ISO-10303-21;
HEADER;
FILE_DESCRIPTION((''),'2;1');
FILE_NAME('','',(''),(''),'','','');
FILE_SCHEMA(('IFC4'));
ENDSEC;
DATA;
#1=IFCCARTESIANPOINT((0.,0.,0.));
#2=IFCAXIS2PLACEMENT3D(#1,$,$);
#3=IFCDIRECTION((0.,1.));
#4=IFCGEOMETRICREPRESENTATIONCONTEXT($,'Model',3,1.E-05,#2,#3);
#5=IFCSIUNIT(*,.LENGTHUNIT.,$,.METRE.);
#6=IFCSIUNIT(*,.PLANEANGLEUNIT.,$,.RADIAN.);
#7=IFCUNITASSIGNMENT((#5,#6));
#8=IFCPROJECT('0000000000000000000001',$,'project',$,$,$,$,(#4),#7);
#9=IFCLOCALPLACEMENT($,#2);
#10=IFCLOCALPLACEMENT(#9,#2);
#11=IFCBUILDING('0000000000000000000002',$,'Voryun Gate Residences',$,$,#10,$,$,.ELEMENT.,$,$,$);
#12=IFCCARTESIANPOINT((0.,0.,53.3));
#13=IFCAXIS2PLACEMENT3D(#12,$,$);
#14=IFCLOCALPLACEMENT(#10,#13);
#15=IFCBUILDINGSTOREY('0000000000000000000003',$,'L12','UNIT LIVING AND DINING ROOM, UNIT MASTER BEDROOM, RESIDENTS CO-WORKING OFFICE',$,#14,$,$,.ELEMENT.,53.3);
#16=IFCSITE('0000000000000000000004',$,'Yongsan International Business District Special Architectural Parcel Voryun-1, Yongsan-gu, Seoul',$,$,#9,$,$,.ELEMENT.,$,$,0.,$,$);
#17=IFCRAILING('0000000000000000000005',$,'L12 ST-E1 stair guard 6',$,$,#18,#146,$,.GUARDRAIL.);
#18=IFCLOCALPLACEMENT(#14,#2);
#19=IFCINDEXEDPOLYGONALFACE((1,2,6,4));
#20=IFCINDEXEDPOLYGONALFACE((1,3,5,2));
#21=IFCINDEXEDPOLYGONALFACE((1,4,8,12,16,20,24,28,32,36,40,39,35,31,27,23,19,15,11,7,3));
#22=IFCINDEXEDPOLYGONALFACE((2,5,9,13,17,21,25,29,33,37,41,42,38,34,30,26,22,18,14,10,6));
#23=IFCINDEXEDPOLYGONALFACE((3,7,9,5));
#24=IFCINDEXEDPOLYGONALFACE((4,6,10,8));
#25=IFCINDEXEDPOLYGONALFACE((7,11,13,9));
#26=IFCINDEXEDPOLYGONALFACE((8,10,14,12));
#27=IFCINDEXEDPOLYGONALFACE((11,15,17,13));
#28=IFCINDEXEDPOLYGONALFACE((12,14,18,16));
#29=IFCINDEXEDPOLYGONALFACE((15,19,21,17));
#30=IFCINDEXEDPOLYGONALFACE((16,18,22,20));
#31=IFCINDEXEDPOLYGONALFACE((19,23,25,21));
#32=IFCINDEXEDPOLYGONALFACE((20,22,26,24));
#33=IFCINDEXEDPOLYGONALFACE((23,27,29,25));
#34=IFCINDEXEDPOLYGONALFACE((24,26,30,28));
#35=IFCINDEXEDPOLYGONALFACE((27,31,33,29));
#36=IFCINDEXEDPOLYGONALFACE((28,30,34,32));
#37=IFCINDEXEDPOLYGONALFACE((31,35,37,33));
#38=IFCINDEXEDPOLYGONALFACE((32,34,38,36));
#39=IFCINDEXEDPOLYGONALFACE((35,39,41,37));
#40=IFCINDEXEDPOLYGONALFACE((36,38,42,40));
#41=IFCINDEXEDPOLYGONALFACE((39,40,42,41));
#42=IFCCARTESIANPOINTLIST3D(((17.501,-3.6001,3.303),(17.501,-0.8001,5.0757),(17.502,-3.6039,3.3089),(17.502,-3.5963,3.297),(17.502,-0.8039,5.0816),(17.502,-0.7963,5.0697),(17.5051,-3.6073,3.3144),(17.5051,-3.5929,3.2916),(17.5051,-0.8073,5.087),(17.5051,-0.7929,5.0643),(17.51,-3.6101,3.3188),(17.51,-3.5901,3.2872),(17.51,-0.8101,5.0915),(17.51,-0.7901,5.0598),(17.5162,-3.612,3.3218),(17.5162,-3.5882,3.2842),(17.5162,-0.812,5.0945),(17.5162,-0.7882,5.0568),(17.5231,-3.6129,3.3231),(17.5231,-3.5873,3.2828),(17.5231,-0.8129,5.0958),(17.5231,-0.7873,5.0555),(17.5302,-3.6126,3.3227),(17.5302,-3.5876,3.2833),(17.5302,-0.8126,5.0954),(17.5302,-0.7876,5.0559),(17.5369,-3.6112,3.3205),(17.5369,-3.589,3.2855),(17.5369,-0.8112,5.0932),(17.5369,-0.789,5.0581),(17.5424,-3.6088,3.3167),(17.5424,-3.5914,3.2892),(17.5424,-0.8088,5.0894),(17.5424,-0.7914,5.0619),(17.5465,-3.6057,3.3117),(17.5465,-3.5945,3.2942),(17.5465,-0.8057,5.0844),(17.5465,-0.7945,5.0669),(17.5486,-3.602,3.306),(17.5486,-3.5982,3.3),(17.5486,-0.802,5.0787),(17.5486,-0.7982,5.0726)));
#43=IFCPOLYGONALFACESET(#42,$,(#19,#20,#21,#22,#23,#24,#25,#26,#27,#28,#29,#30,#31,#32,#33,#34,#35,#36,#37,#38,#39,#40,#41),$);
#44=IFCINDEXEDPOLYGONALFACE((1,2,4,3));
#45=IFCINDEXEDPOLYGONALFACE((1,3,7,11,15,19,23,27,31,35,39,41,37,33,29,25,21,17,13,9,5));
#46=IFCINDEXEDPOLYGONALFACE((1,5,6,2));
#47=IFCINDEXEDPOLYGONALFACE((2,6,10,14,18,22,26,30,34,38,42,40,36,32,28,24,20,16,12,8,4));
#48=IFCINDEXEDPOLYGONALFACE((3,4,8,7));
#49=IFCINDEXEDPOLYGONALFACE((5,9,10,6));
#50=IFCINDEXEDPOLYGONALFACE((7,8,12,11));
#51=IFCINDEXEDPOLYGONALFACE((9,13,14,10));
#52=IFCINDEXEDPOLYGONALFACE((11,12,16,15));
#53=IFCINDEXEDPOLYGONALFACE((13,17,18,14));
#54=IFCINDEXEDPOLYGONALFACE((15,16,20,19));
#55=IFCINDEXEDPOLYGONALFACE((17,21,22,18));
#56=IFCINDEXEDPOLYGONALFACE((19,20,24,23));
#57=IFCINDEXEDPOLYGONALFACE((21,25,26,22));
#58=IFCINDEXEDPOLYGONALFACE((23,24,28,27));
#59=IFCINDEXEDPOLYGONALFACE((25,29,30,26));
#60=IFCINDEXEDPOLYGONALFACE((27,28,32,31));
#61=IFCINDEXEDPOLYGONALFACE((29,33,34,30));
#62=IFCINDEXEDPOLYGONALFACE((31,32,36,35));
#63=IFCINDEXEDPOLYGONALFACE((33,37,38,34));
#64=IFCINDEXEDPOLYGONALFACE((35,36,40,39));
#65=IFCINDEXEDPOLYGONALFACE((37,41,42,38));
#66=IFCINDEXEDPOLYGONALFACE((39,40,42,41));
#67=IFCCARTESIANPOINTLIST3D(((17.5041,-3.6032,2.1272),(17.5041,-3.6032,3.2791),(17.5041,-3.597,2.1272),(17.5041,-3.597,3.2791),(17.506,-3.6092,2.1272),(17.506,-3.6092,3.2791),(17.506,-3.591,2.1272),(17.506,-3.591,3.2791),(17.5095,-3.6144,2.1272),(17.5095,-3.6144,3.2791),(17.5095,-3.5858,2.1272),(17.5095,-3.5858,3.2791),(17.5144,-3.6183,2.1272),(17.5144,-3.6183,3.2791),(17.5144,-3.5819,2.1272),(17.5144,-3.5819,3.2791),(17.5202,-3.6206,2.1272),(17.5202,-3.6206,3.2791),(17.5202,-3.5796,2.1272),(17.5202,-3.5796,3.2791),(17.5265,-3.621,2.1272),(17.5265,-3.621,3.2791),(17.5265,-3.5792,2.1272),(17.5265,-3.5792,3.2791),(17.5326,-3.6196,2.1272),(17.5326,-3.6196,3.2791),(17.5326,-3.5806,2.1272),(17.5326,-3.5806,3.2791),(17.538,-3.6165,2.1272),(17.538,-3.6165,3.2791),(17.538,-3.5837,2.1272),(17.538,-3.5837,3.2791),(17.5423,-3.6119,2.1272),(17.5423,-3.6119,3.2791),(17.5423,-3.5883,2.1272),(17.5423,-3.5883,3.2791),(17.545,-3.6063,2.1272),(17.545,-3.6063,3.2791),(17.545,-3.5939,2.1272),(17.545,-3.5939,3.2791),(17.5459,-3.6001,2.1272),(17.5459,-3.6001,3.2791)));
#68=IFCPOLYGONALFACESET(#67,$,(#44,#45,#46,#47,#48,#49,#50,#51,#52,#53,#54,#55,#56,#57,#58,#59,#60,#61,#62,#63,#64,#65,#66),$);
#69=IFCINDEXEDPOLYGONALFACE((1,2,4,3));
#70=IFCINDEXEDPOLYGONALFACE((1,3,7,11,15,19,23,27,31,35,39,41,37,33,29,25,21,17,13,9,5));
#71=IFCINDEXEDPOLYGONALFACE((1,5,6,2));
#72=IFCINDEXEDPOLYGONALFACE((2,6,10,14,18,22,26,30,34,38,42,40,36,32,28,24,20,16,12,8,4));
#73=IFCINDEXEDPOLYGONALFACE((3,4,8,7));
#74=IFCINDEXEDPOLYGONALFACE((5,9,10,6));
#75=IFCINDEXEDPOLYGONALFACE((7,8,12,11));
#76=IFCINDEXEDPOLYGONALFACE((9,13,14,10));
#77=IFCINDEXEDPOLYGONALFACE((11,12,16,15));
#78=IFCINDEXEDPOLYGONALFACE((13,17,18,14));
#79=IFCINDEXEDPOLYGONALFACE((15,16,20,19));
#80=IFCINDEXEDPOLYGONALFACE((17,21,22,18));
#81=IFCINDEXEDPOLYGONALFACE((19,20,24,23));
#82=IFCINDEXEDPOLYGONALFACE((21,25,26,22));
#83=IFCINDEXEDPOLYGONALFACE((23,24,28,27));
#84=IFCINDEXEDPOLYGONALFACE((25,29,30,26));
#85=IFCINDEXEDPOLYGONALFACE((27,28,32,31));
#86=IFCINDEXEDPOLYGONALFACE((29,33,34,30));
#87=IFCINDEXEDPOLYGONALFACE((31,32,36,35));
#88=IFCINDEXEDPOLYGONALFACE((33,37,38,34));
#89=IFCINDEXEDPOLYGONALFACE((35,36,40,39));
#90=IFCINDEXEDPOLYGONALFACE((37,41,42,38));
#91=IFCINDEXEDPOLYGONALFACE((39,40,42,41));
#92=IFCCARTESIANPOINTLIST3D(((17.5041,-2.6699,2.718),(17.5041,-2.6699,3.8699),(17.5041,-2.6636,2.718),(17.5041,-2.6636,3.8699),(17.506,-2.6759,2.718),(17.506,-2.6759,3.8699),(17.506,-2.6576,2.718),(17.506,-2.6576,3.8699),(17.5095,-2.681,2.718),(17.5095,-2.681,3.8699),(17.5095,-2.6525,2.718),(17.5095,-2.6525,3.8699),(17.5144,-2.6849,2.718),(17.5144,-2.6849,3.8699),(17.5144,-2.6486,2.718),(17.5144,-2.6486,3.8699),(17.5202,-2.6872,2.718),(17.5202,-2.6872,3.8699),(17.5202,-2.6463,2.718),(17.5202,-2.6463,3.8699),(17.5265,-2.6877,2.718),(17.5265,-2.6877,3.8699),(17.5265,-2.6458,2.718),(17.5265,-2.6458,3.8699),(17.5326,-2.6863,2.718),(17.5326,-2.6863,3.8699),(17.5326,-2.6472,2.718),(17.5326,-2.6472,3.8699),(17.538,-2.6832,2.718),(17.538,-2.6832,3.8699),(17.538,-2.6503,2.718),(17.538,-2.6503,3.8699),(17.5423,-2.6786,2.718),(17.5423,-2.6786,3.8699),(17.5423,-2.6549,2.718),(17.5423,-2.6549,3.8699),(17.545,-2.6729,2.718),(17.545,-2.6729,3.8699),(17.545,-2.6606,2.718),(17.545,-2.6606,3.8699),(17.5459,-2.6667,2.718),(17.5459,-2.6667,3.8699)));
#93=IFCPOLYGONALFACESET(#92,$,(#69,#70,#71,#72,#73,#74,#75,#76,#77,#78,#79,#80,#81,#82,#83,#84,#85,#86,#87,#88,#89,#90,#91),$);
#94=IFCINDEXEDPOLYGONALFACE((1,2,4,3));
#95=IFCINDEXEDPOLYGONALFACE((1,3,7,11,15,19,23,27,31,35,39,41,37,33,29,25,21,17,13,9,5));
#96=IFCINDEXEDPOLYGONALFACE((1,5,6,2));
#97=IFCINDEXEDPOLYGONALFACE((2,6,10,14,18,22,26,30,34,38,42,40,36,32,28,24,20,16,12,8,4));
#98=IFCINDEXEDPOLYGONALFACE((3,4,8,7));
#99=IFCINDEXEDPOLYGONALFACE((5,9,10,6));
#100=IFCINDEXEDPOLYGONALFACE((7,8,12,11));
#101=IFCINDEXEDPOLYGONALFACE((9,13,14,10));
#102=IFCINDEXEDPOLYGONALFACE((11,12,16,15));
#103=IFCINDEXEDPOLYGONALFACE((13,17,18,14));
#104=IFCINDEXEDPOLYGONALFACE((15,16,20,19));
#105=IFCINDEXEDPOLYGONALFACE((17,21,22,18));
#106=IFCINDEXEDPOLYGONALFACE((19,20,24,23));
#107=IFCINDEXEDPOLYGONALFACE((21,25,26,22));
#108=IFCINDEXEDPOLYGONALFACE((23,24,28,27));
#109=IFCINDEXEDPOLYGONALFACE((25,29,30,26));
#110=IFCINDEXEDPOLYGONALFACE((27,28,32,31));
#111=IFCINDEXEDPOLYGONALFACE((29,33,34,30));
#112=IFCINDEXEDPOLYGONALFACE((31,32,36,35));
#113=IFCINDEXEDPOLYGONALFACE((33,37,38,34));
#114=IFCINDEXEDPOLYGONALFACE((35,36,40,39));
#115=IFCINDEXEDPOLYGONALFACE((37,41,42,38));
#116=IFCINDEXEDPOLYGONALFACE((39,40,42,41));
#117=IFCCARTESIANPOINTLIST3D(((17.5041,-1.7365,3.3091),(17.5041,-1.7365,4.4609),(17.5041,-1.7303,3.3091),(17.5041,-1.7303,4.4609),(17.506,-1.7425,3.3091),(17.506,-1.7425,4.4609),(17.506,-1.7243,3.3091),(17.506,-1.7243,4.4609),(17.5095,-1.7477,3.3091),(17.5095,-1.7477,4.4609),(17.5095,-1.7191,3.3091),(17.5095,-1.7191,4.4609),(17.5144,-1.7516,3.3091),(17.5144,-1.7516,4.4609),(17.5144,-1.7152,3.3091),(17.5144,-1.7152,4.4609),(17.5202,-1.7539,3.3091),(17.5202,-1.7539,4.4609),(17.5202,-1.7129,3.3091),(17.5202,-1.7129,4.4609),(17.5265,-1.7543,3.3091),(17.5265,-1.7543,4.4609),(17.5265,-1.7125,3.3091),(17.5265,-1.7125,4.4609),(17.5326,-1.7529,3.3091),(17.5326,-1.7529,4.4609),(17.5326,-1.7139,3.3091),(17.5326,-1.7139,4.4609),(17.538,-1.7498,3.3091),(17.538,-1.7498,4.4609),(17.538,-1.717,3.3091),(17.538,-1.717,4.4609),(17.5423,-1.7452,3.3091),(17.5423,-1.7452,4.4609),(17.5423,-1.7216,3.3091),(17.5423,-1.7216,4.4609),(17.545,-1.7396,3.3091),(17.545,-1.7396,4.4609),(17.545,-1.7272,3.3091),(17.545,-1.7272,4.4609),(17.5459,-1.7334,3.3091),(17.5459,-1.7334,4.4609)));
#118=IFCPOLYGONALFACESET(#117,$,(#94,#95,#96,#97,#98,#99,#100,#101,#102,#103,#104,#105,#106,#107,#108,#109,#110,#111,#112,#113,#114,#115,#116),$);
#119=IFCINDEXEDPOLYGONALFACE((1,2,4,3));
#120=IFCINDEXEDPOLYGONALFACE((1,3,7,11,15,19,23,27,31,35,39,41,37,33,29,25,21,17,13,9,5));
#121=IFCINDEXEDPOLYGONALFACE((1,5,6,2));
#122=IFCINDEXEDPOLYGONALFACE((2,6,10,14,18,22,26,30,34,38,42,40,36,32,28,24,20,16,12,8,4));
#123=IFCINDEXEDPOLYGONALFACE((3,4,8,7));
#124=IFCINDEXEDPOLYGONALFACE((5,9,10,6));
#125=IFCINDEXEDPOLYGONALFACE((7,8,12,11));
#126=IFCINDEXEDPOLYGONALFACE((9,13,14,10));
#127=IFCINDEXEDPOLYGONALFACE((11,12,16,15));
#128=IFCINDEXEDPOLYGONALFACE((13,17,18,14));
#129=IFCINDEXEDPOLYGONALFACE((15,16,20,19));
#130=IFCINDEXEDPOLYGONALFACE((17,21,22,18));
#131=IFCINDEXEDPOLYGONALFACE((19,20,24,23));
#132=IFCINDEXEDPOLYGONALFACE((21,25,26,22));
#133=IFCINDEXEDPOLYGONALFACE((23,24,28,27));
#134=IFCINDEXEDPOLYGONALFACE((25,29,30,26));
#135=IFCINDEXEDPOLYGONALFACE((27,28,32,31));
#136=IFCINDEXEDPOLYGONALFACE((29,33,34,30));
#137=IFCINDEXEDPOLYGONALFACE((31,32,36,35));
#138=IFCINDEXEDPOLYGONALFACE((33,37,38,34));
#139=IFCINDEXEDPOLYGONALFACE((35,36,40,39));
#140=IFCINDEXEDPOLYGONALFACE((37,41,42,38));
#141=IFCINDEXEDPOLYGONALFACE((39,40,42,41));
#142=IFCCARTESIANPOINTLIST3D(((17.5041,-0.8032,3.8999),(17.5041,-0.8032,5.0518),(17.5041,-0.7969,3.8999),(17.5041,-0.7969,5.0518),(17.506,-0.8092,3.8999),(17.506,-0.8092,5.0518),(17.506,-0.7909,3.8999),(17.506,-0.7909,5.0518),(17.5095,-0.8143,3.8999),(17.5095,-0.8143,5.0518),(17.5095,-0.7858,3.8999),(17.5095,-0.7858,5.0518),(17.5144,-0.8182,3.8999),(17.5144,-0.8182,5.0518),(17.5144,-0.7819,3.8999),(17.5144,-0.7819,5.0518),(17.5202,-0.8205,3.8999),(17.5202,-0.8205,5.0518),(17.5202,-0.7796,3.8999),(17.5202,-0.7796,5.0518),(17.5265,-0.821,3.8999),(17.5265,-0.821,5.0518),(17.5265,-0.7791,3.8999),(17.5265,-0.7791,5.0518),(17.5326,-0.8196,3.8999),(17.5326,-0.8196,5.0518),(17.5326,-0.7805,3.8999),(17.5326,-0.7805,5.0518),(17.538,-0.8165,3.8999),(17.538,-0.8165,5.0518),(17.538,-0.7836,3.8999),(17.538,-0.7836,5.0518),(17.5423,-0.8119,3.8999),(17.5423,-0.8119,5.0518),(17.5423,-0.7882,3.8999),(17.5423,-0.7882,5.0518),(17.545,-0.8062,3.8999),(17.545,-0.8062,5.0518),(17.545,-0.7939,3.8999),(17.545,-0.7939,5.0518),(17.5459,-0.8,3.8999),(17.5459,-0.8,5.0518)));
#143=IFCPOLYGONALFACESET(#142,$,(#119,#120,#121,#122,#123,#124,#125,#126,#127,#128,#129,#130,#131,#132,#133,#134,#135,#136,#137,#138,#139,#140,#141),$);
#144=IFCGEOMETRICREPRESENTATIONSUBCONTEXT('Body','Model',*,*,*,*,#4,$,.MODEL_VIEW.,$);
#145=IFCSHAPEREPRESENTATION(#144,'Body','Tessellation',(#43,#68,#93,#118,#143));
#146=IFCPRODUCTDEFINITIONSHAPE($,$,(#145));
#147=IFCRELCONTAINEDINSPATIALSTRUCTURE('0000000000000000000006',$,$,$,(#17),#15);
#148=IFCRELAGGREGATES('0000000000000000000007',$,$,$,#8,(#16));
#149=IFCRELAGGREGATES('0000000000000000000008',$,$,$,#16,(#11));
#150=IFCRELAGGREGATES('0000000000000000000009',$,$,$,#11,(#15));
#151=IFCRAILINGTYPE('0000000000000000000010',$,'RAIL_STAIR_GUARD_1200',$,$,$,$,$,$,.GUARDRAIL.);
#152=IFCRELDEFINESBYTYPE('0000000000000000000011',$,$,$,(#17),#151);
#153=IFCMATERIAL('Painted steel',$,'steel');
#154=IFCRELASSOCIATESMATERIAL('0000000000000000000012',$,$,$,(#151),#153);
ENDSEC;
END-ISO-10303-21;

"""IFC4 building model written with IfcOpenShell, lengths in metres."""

from ifc_helpers import new_model, si_unit, direction, frame, origin, origin_2d, place, context, subcontext, project, spatial, circle, extrude, material, type_object, element, save


model = new_model("IFC4")

# Units and contexts
model_context = context("Model", 3, precision=1e-05, world=origin(), true_north=direction((0.0, 1.0)))
body_context = subcontext(model_context, "Body", "Model", "MODEL_VIEW")
ifc_project = project(units=[si_unit("LENGTHUNIT", "METRE"), si_unit("PLANEANGLEUNIT", "RADIAN")], contexts=[model_context])

# Site, building, storey
site_placement = place(None, origin())
site = spatial("IfcSite", under=ifc_project, at=site_placement, Name="Yongsan International Business District Special Architectural Parcel Voryun-1, Yongsan-gu, Seoul", CompositionType="ELEMENT", RefElevation=0.0)
building_placement = place(site_placement, origin())
building = spatial("IfcBuilding", under=site, at=building_placement, Name="Voryun Gate Residences", CompositionType="ELEMENT")
storey_placement = place(building_placement, frame((0.0, 0.0, 53.3)))
storey = spatial("IfcBuildingStorey", under=building, at=storey_placement, Name="L12", Description="UNIT LIVING AND DINING ROOM, UNIT MASTER BEDROOM, RESIDENTS CO-WORKING OFFICE", CompositionType="ELEMENT", Elevation=53.3)

# Railing
ifc_material_1 = material(Name="Painted steel", Category="steel")
railing_type_1 = type_object("IfcRailingType", Name="RAIL_STAIR_GUARD_1200", PredefinedType="GUARDRAIL", material=ifc_material_1)
railing_1_placement = place(storey_placement, frame((17.5249, -3.6001, 2.1272)))
element("IfcRailing", 1, at=railing_1_placement, inside=storey, type_object=railing_type_1, Name="L12 ST-E1 stair guard 6", PredefinedType="GUARDRAIL", context=body_context, shape_type="SweptSolid", body=[
    extrude(circle(Radius=0.0239, at=origin_2d()), frame((0.0, 0.0, 1.1758), z_axis=(0.0, 0.844909, 0.53491), x_axis=(-1.0, 0.0, 0.0)), (0.0, 0.0, 1.0), 3.314),
    extrude(circle(Radius=0.021, at=origin_2d()), origin(), (0.0, 0.0, 1.0), 1.1519),
    extrude(circle(Radius=0.021, at=origin_2d()), frame((0.0, 0.9333, 0.5908)), (0.0, 0.0, 1.0), 1.1519),
    extrude(circle(Radius=0.021, at=origin_2d()), frame((0.0, 1.8667, 1.1819)), (0.0, 0.0, 1.0), 1.1519),
    extrude(circle(Radius=0.021, at=origin_2d()), frame((0.0, 2.8, 1.7727)), (0.0, 0.0, 1.0), 1.1519),
])

save(model, "model.ifc")
